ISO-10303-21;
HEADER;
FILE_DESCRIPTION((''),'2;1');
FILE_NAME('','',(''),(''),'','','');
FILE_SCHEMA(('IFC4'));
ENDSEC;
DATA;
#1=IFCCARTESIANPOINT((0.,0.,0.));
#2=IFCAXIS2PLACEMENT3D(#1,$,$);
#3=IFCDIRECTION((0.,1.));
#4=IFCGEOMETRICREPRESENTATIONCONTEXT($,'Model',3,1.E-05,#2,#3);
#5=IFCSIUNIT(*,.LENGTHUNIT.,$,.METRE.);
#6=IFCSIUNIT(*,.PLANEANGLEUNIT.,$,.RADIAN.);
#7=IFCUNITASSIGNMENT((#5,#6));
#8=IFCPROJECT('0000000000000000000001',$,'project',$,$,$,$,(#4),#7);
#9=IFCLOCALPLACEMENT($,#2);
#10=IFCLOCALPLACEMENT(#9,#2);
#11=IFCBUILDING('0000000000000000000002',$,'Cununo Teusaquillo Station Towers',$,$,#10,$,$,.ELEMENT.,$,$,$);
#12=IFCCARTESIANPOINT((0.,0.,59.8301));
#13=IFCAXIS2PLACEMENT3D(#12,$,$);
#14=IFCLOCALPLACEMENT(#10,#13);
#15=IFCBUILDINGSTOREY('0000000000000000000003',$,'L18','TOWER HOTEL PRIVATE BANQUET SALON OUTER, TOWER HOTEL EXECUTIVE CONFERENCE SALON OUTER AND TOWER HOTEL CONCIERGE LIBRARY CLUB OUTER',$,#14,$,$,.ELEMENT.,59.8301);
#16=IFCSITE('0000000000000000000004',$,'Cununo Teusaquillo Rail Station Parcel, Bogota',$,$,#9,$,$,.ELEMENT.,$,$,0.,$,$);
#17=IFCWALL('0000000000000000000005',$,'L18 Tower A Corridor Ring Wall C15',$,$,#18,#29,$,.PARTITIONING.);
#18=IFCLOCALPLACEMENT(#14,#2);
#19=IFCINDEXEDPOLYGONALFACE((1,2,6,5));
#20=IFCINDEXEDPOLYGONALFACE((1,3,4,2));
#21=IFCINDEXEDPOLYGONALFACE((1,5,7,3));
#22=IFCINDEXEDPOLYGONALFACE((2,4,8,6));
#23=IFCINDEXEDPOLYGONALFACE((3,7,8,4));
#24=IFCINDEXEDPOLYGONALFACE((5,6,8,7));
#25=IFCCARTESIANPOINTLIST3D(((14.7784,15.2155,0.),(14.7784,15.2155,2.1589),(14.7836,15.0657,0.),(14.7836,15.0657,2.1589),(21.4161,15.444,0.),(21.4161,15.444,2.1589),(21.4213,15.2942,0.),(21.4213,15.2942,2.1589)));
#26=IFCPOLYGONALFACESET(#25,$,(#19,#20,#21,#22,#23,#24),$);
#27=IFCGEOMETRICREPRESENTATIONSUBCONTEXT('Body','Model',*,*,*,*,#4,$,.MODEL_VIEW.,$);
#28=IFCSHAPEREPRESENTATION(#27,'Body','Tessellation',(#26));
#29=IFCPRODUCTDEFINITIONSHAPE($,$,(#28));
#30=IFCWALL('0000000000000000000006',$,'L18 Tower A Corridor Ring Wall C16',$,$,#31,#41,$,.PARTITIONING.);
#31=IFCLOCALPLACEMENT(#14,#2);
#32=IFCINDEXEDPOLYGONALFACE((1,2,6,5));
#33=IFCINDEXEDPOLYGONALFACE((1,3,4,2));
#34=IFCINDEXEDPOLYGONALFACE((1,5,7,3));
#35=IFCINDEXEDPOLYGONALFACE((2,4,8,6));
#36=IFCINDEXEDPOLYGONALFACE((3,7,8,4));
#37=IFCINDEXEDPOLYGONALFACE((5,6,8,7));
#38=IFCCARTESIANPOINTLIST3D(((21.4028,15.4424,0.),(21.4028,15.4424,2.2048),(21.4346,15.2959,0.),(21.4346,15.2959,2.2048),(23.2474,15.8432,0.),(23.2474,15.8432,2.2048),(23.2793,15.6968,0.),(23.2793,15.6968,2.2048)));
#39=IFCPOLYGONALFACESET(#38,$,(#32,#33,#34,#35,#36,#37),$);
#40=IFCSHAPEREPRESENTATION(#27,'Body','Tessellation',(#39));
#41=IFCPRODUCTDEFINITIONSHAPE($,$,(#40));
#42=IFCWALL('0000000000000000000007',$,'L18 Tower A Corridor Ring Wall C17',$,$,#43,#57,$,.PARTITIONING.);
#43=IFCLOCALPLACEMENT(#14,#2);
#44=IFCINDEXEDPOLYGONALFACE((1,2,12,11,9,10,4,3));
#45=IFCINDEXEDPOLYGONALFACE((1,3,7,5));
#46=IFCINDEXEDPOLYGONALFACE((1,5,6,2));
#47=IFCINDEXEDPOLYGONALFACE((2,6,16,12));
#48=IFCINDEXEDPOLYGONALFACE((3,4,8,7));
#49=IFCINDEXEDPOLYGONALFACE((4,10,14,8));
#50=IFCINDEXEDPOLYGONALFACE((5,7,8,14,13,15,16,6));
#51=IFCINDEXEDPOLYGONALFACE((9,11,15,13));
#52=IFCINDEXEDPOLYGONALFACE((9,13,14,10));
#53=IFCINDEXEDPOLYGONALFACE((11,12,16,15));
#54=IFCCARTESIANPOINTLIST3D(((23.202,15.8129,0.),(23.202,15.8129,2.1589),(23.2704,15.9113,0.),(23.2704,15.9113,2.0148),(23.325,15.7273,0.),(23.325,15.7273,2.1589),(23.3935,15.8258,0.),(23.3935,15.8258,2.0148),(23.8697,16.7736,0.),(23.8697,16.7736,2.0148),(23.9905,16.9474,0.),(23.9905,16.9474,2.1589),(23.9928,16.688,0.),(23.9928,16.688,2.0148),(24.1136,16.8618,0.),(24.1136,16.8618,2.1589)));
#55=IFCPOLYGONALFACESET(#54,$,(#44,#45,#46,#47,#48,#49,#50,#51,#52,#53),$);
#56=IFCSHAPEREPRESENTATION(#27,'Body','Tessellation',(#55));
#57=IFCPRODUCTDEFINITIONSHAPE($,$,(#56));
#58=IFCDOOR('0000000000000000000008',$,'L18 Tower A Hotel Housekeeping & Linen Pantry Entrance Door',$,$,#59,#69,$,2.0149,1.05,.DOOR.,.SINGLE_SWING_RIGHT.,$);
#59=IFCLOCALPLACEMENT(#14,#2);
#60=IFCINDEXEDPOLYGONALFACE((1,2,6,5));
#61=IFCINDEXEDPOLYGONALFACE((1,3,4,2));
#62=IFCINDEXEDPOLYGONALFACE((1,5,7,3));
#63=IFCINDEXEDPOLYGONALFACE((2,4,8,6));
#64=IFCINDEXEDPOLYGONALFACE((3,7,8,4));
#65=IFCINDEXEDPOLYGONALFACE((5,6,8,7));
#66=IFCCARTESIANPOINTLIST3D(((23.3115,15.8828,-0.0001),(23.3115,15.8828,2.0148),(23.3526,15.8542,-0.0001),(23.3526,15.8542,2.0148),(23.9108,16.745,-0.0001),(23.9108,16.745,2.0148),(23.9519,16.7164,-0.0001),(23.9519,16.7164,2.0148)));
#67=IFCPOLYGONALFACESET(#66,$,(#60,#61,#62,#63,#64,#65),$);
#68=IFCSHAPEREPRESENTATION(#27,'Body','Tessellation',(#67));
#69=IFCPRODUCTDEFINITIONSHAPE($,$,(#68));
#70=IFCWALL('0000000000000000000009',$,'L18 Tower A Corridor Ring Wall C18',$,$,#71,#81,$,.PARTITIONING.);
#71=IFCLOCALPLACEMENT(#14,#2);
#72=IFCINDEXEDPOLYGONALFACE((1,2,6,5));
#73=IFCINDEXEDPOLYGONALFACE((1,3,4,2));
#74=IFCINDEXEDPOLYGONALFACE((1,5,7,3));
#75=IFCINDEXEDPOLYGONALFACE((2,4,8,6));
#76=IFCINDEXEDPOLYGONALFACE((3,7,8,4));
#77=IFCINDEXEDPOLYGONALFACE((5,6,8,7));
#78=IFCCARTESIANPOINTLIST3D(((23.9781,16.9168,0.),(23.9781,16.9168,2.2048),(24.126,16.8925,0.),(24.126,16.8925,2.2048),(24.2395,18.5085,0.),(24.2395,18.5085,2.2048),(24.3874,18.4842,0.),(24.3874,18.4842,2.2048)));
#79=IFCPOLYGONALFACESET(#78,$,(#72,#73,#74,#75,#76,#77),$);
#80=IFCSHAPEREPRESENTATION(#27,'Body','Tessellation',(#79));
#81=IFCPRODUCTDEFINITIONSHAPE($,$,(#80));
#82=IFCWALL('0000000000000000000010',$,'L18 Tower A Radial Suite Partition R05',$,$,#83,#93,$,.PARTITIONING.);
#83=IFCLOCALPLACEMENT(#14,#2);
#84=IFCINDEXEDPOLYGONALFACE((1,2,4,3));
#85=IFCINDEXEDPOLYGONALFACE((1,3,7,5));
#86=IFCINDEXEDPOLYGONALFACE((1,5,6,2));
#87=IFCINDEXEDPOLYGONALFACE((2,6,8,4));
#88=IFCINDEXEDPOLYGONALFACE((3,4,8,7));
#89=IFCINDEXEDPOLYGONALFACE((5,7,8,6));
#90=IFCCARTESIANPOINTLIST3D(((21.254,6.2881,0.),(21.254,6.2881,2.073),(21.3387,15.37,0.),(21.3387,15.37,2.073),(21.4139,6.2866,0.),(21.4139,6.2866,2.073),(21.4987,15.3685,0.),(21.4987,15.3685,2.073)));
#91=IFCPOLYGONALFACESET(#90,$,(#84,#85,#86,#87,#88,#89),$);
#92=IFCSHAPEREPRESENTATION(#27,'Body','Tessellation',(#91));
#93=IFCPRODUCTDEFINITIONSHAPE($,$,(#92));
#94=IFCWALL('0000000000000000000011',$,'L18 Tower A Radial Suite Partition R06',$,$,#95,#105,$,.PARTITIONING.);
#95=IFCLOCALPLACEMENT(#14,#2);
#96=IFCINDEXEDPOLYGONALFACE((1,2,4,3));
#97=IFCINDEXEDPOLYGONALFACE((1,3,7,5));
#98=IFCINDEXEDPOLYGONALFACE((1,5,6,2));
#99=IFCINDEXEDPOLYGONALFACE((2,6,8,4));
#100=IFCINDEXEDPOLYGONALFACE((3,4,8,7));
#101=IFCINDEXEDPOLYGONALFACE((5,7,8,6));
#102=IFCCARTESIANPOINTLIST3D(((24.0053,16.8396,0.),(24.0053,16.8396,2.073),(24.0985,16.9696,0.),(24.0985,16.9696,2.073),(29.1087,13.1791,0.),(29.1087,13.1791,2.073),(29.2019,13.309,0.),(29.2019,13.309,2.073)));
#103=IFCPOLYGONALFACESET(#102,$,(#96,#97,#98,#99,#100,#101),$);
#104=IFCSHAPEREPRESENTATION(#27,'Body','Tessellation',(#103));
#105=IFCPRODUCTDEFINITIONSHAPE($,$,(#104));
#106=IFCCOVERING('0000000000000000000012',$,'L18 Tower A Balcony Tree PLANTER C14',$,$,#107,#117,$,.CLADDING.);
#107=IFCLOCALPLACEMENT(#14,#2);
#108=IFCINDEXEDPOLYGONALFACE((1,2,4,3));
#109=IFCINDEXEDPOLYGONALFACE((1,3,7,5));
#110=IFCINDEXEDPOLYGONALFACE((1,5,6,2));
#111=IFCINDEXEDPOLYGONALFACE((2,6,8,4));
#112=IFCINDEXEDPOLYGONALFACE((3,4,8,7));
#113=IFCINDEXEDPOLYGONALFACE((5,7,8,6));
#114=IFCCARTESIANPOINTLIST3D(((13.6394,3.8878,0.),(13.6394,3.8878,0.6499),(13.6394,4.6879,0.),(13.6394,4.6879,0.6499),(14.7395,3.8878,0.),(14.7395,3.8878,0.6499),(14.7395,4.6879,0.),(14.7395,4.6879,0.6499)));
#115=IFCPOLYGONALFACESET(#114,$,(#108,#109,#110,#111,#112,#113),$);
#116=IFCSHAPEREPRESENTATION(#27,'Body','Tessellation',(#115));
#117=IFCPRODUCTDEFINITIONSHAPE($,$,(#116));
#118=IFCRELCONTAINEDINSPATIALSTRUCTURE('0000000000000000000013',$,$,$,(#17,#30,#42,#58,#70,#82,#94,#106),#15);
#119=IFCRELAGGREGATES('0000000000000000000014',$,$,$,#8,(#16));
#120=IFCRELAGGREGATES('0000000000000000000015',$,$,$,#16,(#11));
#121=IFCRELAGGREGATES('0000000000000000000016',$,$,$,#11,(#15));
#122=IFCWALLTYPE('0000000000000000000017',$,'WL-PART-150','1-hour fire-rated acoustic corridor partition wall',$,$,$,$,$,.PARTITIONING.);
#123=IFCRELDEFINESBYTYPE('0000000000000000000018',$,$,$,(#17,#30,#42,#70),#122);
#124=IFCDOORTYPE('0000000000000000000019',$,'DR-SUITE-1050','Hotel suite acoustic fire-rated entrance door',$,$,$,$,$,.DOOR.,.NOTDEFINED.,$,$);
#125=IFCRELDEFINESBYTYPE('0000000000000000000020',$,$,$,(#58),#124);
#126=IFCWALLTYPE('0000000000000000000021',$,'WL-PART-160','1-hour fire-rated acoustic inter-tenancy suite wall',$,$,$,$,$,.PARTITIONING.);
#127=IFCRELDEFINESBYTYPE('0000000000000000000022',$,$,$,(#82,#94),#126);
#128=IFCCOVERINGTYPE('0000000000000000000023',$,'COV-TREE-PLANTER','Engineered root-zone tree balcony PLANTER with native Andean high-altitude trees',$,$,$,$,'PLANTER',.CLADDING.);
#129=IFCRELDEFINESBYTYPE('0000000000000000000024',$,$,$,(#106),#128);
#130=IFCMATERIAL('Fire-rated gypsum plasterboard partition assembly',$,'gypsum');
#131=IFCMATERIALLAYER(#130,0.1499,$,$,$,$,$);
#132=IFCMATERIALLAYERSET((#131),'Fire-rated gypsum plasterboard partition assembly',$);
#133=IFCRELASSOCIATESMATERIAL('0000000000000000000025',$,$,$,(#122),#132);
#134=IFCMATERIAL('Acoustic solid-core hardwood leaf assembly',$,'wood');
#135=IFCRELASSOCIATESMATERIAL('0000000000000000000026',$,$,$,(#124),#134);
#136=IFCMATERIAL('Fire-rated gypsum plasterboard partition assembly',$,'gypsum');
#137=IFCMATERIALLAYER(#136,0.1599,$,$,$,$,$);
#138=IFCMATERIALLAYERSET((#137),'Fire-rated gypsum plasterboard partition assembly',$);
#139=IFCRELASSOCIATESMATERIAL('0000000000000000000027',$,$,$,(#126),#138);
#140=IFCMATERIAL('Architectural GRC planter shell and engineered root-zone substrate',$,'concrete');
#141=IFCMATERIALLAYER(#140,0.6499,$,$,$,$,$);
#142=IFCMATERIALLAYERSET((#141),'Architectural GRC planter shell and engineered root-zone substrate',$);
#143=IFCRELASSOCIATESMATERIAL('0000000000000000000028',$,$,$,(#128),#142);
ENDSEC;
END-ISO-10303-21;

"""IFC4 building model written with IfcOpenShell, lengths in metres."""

from ifc_helpers import new_model, si_unit, direction, frame, frame_2d, origin, origin_2d, place, context, subcontext, project, spatial, rectangle, extrude, source, transform, mapped, material, layer, layer_set, type_object, element, fill, save


model = new_model("IFC4")

# Units and contexts
model_context = context("Model", 3, precision=1e-05, world=origin(), true_north=direction((0.0, 1.0)))
body_context = subcontext(model_context, "Body", "Model", "MODEL_VIEW")
ifc_project = project(units=[si_unit("LENGTHUNIT", "METRE"), si_unit("PLANEANGLEUNIT", "RADIAN")], contexts=[model_context])

# Site, building, storey
site_placement = place(None, origin())
site = spatial("IfcSite", under=ifc_project, at=site_placement, Name="Cununo Teusaquillo Rail Station Parcel, Bogota", CompositionType="ELEMENT", RefElevation=0.0)
building_placement = place(site_placement, origin())
building = spatial("IfcBuilding", under=site, at=building_placement, Name="Cununo Teusaquillo Station Towers", CompositionType="ELEMENT")
storey_placement = place(building_placement, frame((0.0, 0.0, 59.8301)))
storey = spatial("IfcBuildingStorey", under=building, at=storey_placement, Name="L18", Description="TOWER HOTEL PRIVATE BANQUET SALON OUTER, TOWER HOTEL EXECUTIVE CONFERENCE SALON OUTER AND TOWER HOTEL CONCIERGE LIBRARY CLUB OUTER", CompositionType="ELEMENT", Elevation=59.8301)

# Walls
ifc_material_1 = material(Name="Fire-rated gypsum plasterboard partition assembly", Category="gypsum")
ifc_layer_1 = layer(ifc_material_1, 0.1499)
ifc_layer_set_1 = layer_set([ifc_layer_1], Name="Fire-rated gypsum plasterboard partition assembly")
wall_type_1 = type_object("IfcWallType", Name="WL-PART-150", Description="1-hour fire-rated acoustic corridor partition wall", PredefinedType="PARTITIONING", material=ifc_layer_set_1)
wall_1_placement = place(storey_placement, frame((14.781, 15.1406, 0.0), z_axis=(0.0, 0.0, 1.0), x_axis=(0.999408, 0.034407, 0.0)))
element("IfcWall", 1, at=wall_1_placement, inside=storey, type_object=wall_type_1, Name="L18 Tower A Corridor Ring Wall C15", PredefinedType="PARTITIONING", context=body_context, shape_type="SweptSolid", body=[
    extrude(rectangle(XDim=6.6416, YDim=0.1499, at=frame_2d((3.3208, 0.0))), origin(), (0.0, 0.0, 1.0), 2.1589),
])
wall_2_placement = place(storey_placement, frame((21.4187, 15.3691, 0.0), z_axis=(0.0, 0.0, 1.0), x_axis=(0.977193, 0.212354, 0.0)))
element("IfcWall", 2, at=wall_2_placement, inside=storey, type_object=wall_type_1, Name="L18 Tower A Corridor Ring Wall C16", PredefinedType="PARTITIONING", context=body_context, shape_type="SweptSolid", body=[
    extrude(rectangle(XDim=1.8877, YDim=0.1499, at=frame_2d((0.9438, 0.0))), origin(), (0.0, 0.0, 1.0), 2.2048),
])

# Wall, opening, door
wall_3_placement = place(storey_placement, frame((23.2634, 15.77, 0.0), z_axis=(0.0, 0.0, 1.0), x_axis=(0.570743, 0.821128, 0.0)))
wall_3 = element("IfcWall", 3, at=wall_3_placement, inside=storey, type_object=wall_type_1, Name="L18 Tower A Corridor Ring Wall C17", PredefinedType="PARTITIONING", context=body_context, shape_type="SweptSolid", body=[
    extrude(rectangle(XDim=1.3816, YDim=0.1499, at=frame_2d((0.6909, 0.0))), origin(), (0.0, 0.0, 1.0), 2.1589),
])
shared_shape_1 = source(origin(), body_context, "Body", "SweptSolid", [
    extrude(rectangle(XDim=1.05, YDim=2.0149, at=frame_2d((0.5249, 1.0073))), frame((0.0, 0.085, 0.0), z_axis=(0.0, -1.0, 0.0), x_axis=(1.0, 0.0, 0.0)), (0.0, 0.0, 1.0), 0.1699),
])
opening_1_placement = place(wall_3_placement, frame((0.1201, 0.0, 0.0)))
opening_1 = element("IfcOpeningElement", 4, at=opening_1_placement, cuts=wall_3, PredefinedType="OPENING", context=body_context, shape_type="MappedRepresentation", body=[
    mapped(shared_shape_1, transform((0.0, 0.0, 0.0), x_axis=(1.0, 0.0, 0.0), y_axis=(0.0, 1.0, 0.0), z_axis=(0.0, 0.0, 1.0), scale=1.0)),
])
ifc_material_2 = material(Name="Acoustic solid-core hardwood leaf assembly", Category="wood")
door_type_1 = type_object("IfcDoorType", Name="DR-SUITE-1050", Description="Hotel suite acoustic fire-rated entrance door", OperationType="NOTDEFINED", PredefinedType="DOOR", material=ifc_material_2)
shared_shape_2 = source(origin(), body_context, "Body", "SweptSolid", [
    extrude(rectangle(XDim=1.05, YDim=2.0149, at=frame_2d((0.5249, 1.0073))), frame((0.0, 0.0249, 0.0), z_axis=(0.0, -1.0, 0.0), x_axis=(1.0, 0.0, 0.0)), (0.0, 0.0, 1.0), 0.05),
])
door_1_placement = place(opening_1_placement, origin())
door_1 = element("IfcDoor", 5, at=door_1_placement, inside=storey, type_object=door_type_1, Name="L18 Tower A Hotel Housekeeping & Linen Pantry Entrance Door", OperationType="SINGLE_SWING_RIGHT", OverallHeight=2.0149, OverallWidth=1.05, PredefinedType="DOOR", context=body_context, shape_type="MappedRepresentation", body=[
    mapped(shared_shape_2, transform((0.0, 0.0, 0.0), x_axis=(1.0, 0.0, 0.0), y_axis=(0.0, 1.0, 0.0), z_axis=(0.0, 0.0, 1.0), scale=1.0)),
])
fill(opening_1, door_1)

# Walls
wall_4_placement = place(storey_placement, frame((24.052, 16.9045, 0.0), z_axis=(0.0, 0.0, 1.0), x_axis=(0.162092, 0.986776, 0.0)))
element("IfcWall", 6, at=wall_4_placement, inside=storey, type_object=wall_type_1, Name="L18 Tower A Corridor Ring Wall C18", PredefinedType="PARTITIONING", context=body_context, shape_type="SweptSolid", body=[
    extrude(rectangle(XDim=1.613, YDim=0.1499, at=frame_2d((0.8066, 0.0))), origin(), (0.0, 0.0, 1.0), 2.2048),
])
ifc_material_3 = material(Name="Fire-rated gypsum plasterboard partition assembly", Category="gypsum")
ifc_layer_2 = layer(ifc_material_3, 0.1599)
ifc_layer_set_2 = layer_set([ifc_layer_2], Name="Fire-rated gypsum plasterboard partition assembly")
wall_type_2 = type_object("IfcWallType", Name="WL-PART-160", Description="1-hour fire-rated acoustic inter-tenancy suite wall", PredefinedType="PARTITIONING", material=ifc_layer_set_2)
wall_5_placement = place(storey_placement, frame((21.4187, 15.3691, 0.0), z_axis=(0.0, 0.0, 1.0), x_axis=(-0.009328, -0.999956, 0.0)))
element("IfcWall", 7, at=wall_5_placement, inside=storey, type_object=wall_type_2, Name="L18 Tower A Radial Suite Partition R05", PredefinedType="PARTITIONING", context=body_context, shape_type="SweptSolid", body=[
    extrude(rectangle(XDim=9.0823, YDim=0.1599, at=frame_2d((4.541, 0.0))), origin(), (0.0, 0.0, 1.0), 2.073),
])
wall_6_placement = place(storey_placement, frame((24.052, 16.9045, 0.0), z_axis=(0.0, 0.0, 1.0), x_axis=(0.812581, -0.582848, 0.0)))
element("IfcWall", 8, at=wall_6_placement, inside=storey, type_object=wall_type_2, Name="L18 Tower A Radial Suite Partition R06", PredefinedType="PARTITIONING", context=body_context, shape_type="SweptSolid", body=[
    extrude(rectangle(XDim=6.2805, YDim=0.1599, at=frame_2d((3.1401, 0.0))), origin(), (0.0, 0.0, 1.0), 2.073),
])

# Covering
ifc_material_4 = material(Name="Architectural GRC planter shell and engineered root-zone substrate", Category="concrete")
ifc_layer_3 = layer(ifc_material_4, 0.6499)
ifc_layer_set_3 = layer_set([ifc_layer_3], Name="Architectural GRC planter shell and engineered root-zone substrate")
covering_type = type_object("IfcCoveringType", Name="COV-TREE-PLANTER", Description="Engineered root-zone tree balcony PLANTER with native Andean high-altitude trees", ElementType="PLANTER", PredefinedType="CLADDING", material=ifc_layer_set_3)
shared_shape_3 = source(origin(), body_context, "Body", "SweptSolid", [
    extrude(rectangle(XDim=1.1001, YDim=0.8, at=origin_2d()), origin(), (0.0, 0.0, 1.0), 0.6499),
])
covering_placement = place(storey_placement, frame((14.1895, 4.2878, 0.0), z_axis=(0.0, 0.0, 1.0), x_axis=(1.0, 0.0, 0.0)))
element("IfcCovering", 9, at=covering_placement, inside=storey, type_object=covering_type, Name="L18 Tower A Balcony Tree PLANTER C14", PredefinedType="CLADDING", context=body_context, shape_type="MappedRepresentation", body=[
    mapped(shared_shape_3, transform((0.0, 0.0, 0.0), x_axis=(1.0, 0.0, 0.0), y_axis=(0.0, 1.0, 0.0), z_axis=(0.0, 0.0, 1.0), scale=1.0)),
])

save(model, "model.ifc")
